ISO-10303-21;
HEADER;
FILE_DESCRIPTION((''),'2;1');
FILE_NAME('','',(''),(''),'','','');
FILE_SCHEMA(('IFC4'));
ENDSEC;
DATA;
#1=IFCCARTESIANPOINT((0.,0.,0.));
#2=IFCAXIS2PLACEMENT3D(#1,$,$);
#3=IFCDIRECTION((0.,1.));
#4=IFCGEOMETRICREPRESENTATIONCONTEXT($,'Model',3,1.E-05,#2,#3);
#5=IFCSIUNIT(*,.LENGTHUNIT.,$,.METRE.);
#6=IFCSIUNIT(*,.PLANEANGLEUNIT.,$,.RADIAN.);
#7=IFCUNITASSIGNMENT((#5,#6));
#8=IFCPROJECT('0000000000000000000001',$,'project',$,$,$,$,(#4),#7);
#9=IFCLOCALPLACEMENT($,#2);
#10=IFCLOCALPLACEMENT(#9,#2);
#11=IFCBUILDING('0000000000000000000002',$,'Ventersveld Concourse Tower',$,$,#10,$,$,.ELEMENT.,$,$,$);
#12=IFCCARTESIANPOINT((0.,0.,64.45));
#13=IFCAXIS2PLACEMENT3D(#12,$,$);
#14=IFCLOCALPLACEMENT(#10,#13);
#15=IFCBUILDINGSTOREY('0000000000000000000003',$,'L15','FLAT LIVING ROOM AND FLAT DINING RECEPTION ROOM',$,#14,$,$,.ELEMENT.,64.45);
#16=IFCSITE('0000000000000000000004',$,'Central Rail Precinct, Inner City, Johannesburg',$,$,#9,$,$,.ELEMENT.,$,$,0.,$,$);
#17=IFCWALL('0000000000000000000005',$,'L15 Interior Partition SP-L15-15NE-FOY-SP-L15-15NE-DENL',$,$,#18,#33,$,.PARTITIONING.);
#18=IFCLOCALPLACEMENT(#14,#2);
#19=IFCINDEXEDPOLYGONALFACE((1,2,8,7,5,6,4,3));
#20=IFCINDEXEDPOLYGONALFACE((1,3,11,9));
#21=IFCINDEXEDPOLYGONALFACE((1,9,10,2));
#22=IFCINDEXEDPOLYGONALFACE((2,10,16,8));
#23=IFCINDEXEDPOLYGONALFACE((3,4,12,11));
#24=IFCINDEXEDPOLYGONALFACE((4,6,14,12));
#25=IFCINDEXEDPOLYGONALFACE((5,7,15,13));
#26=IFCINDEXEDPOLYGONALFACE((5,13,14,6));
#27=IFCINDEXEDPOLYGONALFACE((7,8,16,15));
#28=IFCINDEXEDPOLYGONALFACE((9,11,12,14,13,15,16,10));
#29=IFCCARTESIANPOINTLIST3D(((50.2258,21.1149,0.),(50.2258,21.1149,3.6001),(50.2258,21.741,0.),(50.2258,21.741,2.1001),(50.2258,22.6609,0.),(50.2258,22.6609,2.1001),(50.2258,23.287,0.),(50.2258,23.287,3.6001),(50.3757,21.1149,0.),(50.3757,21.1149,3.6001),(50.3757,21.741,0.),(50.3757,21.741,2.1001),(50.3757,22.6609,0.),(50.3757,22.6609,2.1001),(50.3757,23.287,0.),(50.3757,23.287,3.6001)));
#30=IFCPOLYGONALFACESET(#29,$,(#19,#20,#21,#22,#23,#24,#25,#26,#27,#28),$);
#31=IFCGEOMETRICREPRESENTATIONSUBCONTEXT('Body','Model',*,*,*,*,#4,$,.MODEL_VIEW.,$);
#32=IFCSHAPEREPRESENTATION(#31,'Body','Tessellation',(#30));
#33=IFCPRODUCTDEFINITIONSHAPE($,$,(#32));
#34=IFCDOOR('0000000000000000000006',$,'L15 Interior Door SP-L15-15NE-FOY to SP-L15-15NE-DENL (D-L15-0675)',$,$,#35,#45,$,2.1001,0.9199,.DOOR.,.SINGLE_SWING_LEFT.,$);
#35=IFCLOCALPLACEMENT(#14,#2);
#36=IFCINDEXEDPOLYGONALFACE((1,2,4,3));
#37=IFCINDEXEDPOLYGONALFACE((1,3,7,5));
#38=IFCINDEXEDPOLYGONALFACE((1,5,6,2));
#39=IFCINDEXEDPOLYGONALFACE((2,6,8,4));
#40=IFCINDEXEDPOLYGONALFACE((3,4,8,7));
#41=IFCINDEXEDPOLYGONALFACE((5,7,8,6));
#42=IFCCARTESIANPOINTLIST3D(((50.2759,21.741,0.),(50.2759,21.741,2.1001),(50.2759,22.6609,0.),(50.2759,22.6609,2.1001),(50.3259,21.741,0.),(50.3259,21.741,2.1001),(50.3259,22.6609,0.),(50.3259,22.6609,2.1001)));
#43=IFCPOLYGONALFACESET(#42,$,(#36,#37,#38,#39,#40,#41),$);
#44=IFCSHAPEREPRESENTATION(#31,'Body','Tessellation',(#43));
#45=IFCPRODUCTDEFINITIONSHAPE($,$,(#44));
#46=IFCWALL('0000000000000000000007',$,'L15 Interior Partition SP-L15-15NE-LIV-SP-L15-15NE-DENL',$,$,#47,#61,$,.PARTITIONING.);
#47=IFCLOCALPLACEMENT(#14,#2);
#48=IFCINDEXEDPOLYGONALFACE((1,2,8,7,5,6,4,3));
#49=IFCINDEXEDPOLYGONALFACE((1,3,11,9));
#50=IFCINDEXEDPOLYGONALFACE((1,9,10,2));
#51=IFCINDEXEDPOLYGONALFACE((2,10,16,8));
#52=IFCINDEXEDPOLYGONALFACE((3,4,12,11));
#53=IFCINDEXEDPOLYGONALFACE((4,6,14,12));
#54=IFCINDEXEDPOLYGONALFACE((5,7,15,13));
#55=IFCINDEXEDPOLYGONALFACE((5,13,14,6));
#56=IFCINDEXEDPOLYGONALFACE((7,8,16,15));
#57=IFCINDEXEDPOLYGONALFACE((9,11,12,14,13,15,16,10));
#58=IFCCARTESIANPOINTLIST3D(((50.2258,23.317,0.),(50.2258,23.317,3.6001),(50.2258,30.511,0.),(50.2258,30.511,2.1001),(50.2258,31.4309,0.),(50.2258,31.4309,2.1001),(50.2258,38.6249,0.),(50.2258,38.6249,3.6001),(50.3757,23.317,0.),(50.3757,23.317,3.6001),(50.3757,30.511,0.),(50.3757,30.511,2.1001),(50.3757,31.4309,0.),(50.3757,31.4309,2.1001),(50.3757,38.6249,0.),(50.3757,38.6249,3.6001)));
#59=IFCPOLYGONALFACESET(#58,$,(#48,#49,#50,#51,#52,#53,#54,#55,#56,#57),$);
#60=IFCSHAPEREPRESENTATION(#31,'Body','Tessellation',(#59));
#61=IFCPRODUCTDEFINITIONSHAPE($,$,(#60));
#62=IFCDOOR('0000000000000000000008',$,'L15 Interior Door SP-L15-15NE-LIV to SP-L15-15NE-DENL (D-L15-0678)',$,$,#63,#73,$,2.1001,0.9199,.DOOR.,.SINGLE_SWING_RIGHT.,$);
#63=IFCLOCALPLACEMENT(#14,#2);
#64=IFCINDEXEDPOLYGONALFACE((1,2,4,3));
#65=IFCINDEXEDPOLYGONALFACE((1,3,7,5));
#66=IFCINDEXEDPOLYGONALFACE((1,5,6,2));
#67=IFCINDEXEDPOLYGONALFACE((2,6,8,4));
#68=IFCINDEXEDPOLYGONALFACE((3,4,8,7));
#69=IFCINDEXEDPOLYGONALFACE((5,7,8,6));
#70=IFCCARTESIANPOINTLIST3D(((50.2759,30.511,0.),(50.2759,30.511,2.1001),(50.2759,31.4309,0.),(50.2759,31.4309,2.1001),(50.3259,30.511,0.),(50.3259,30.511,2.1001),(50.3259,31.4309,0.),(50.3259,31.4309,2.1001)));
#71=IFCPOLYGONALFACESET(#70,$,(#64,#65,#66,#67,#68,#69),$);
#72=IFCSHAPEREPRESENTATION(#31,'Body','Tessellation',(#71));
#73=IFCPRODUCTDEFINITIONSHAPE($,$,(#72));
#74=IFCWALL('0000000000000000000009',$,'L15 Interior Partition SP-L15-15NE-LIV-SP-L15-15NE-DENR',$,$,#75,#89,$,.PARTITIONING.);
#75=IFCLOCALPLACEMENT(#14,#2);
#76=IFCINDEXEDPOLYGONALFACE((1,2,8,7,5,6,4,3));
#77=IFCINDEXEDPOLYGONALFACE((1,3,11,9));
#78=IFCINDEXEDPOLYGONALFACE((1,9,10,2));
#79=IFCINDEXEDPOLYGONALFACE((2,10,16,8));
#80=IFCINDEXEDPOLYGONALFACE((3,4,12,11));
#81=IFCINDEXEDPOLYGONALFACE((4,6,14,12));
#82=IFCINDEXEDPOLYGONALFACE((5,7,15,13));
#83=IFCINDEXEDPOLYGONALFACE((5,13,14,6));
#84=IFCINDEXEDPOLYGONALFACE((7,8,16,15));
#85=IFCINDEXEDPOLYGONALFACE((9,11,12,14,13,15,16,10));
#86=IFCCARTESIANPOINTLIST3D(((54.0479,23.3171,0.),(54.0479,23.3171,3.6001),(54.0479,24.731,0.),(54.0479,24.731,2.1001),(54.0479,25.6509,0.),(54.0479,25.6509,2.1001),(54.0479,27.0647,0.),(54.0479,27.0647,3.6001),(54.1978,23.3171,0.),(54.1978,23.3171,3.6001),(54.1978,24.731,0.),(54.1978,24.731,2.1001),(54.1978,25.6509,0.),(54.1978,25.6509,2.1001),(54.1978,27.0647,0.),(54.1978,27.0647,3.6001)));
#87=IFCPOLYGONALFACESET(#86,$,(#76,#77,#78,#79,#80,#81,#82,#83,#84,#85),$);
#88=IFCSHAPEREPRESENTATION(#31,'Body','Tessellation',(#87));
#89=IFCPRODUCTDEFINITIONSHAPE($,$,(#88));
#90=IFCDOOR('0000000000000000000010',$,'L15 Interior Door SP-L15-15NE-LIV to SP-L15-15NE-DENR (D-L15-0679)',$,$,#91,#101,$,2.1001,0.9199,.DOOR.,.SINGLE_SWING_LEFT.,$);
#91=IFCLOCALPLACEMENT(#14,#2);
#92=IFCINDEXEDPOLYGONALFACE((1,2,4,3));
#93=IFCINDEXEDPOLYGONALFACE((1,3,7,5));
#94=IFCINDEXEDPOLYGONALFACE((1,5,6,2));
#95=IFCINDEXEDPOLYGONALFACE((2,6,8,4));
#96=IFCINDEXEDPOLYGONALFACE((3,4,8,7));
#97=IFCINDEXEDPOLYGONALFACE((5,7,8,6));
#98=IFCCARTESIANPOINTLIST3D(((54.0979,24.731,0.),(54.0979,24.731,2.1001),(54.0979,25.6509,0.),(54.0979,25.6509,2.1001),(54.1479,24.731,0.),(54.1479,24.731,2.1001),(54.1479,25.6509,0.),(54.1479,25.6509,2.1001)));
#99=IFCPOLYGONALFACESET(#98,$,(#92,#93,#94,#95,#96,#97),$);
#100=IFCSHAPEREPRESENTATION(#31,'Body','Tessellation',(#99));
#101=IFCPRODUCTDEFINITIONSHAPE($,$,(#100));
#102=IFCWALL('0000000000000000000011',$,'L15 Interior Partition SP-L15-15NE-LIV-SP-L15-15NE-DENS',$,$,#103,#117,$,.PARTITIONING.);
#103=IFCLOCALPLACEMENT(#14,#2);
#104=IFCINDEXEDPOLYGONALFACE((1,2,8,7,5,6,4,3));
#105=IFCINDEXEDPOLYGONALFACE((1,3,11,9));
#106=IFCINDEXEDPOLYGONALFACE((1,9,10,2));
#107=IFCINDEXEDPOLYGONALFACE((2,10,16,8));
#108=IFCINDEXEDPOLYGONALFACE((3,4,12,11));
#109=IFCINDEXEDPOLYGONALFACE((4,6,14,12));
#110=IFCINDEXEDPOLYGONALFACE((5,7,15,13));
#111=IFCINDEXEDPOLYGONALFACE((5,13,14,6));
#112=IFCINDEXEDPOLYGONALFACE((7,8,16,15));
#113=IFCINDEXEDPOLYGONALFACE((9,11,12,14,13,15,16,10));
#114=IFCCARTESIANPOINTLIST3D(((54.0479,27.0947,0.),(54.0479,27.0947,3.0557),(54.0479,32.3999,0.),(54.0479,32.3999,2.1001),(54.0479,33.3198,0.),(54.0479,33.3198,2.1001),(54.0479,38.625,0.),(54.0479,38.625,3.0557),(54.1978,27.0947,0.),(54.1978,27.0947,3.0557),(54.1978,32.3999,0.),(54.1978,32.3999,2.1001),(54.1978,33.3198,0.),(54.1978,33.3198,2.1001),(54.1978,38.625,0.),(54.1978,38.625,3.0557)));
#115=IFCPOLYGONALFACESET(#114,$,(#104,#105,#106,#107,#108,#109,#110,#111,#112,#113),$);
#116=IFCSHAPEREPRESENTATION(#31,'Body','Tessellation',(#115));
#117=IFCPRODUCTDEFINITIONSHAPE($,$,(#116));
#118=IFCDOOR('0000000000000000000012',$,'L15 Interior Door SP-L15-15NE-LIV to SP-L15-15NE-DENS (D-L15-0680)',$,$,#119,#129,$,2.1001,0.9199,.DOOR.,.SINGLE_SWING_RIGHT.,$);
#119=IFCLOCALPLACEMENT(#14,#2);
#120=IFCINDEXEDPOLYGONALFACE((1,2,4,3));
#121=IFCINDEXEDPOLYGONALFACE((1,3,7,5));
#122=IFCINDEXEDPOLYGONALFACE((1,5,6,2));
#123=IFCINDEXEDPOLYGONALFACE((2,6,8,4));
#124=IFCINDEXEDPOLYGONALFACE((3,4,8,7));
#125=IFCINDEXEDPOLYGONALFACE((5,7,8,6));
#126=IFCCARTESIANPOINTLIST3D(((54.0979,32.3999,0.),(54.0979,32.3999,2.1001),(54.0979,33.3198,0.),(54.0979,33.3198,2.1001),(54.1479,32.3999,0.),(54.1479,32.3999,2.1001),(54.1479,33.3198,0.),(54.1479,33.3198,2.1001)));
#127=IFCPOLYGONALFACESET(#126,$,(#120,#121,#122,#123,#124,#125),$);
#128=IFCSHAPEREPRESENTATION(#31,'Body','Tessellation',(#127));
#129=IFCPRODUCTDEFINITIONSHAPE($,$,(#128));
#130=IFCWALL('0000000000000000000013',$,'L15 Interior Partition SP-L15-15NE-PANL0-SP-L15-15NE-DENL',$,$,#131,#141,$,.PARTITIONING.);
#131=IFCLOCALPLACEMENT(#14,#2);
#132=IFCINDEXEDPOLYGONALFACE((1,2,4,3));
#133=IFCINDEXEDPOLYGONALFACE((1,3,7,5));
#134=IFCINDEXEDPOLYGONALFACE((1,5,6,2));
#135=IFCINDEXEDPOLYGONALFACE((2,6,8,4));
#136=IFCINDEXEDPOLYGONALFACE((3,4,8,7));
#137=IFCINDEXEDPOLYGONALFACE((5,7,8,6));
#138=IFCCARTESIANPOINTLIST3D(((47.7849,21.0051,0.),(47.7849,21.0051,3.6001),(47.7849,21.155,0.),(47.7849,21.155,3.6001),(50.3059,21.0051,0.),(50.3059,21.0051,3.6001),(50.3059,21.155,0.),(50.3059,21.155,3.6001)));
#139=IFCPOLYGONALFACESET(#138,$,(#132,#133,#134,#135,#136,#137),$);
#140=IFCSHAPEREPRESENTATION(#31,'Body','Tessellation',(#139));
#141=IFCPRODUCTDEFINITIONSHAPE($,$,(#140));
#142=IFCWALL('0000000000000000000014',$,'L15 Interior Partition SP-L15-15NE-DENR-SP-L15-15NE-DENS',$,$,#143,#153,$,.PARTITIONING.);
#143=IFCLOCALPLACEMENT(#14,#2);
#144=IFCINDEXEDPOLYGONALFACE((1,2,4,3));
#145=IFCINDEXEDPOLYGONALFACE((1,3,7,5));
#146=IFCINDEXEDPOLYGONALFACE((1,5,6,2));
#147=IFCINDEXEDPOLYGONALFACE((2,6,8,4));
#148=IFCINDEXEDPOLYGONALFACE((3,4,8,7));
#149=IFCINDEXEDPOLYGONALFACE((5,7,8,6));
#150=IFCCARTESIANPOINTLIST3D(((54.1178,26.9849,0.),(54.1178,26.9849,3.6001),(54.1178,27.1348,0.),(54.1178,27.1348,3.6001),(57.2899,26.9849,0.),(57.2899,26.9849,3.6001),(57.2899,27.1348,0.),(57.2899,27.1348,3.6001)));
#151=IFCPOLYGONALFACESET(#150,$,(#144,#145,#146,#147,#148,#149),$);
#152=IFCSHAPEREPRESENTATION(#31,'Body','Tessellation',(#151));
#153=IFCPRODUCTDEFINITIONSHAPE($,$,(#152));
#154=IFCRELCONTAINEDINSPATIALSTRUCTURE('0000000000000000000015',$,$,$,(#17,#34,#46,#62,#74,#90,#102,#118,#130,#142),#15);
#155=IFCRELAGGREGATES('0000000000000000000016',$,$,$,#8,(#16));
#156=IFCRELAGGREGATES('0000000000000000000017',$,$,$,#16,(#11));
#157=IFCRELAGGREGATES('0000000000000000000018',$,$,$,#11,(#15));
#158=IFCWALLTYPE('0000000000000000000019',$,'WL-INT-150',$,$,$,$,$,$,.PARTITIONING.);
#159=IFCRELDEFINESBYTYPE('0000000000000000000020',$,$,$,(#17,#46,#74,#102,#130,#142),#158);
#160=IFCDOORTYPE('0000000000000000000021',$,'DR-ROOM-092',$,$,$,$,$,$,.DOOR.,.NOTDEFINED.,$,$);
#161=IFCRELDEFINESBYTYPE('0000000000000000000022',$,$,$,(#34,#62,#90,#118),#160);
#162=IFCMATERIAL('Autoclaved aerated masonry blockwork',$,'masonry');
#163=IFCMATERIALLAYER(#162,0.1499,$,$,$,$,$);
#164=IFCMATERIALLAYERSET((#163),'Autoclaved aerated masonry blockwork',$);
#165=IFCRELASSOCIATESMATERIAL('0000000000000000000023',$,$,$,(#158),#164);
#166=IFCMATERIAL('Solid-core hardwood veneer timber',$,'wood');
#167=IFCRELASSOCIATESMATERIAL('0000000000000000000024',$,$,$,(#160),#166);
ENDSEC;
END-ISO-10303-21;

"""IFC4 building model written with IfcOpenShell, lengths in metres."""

from ifc_helpers import new_model, si_unit, direction, frame, frame_2d, origin, place, context, subcontext, project, spatial, rectangle, extrude, material, layer, layer_set, type_object, element, fill, save


model = new_model("IFC4")

# Units and contexts
model_context = context("Model", 3, precision=1e-05, world=origin(), true_north=direction((0.0, 1.0)))
body_context = subcontext(model_context, "Body", "Model", "MODEL_VIEW")
ifc_project = project(units=[si_unit("LENGTHUNIT", "METRE"), si_unit("PLANEANGLEUNIT", "RADIAN")], contexts=[model_context])

# Site, building, storey
site_placement = place(None, origin())
site = spatial("IfcSite", under=ifc_project, at=site_placement, Name="Central Rail Precinct, Inner City, Johannesburg", CompositionType="ELEMENT", RefElevation=0.0)
building_placement = place(site_placement, origin())
building = spatial("IfcBuilding", under=site, at=building_placement, Name="Ventersveld Concourse Tower", CompositionType="ELEMENT")
storey_placement = place(building_placement, frame((0.0, 0.0, 64.45)))
storey = spatial("IfcBuildingStorey", under=building, at=storey_placement, Name="L15", Description="FLAT LIVING ROOM AND FLAT DINING RECEPTION ROOM", CompositionType="ELEMENT", Elevation=64.45)

# Walls, openings, doors
ifc_material_1 = material(Name="Autoclaved aerated masonry blockwork", Category="masonry")
ifc_layer_1 = layer(ifc_material_1, 0.1499)
ifc_layer_set_1 = layer_set([ifc_layer_1], Name="Autoclaved aerated masonry blockwork")
wall_type_1 = type_object("IfcWallType", Name="WL-INT-150", PredefinedType="PARTITIONING", material=ifc_layer_set_1)
ifc_material_2 = material(Name="Solid-core hardwood veneer timber", Category="wood")
door_type = type_object("IfcDoorType", Name="DR-ROOM-092", OperationType="NOTDEFINED", PredefinedType="DOOR", material=ifc_material_2)
wall_1_placement = place(storey_placement, frame((50.3008, 21.115, 0.0), z_axis=(0.0, 0.0, 1.0), x_axis=(0.0, 1.0, 0.0)))
wall_1 = element("IfcWall", 1, at=wall_1_placement, inside=storey, type_object=wall_type_1, Name="L15 Interior Partition SP-L15-15NE-FOY-SP-L15-15NE-DENL", PredefinedType="PARTITIONING", context=body_context, shape_type="SweptSolid", body=[
    extrude(rectangle(XDim=2.1721, YDim=0.1499, at=frame_2d((1.0859, 0.0))), origin(), (0.0, 0.0, 1.0), 3.6001),
])
opening_1_placement = place(wall_1_placement, frame((0.626, 0.0, 0.0)))
opening_1 = element("IfcOpeningElement", 2, at=opening_1_placement, cuts=wall_1, PredefinedType="OPENING", context=body_context, shape_type="SweptSolid", body=[
    extrude(rectangle(XDim=0.9199, YDim=2.1001, at=frame_2d((0.46, 1.05))), frame((0.0, 0.085, 0.0), z_axis=(0.0, -1.0, 0.0), x_axis=(1.0, 0.0, 0.0)), (0.0, 0.0, 1.0), 0.1699),
])
door_1_placement = place(opening_1_placement, origin())
door_1 = element("IfcDoor", 3, at=door_1_placement, inside=storey, type_object=door_type, Name="L15 Interior Door SP-L15-15NE-FOY to SP-L15-15NE-DENL (D-L15-0675)", OperationType="SINGLE_SWING_LEFT", OverallHeight=2.1001, OverallWidth=0.9199, PredefinedType="DOOR", context=body_context, shape_type="SweptSolid", body=[
    extrude(rectangle(XDim=0.9199, YDim=2.1001, at=frame_2d((0.46, 1.05))), frame((0.0, 0.0249, 0.0), z_axis=(0.0, -1.0, 0.0), x_axis=(1.0, 0.0, 0.0)), (0.0, 0.0, 1.0), 0.05),
])
fill(opening_1, door_1)
wall_2_placement = place(storey_placement, frame((50.3008, 23.3171, 0.0), z_axis=(0.0, 0.0, 1.0), x_axis=(0.0, 1.0, 0.0)))
wall_2 = element("IfcWall", 4, at=wall_2_placement, inside=storey, type_object=wall_type_1, Name="L15 Interior Partition SP-L15-15NE-LIV-SP-L15-15NE-DENL", PredefinedType="PARTITIONING", context=body_context, shape_type="SweptSolid", body=[
    extrude(rectangle(XDim=15.3079, YDim=0.1499, at=frame_2d((7.6538, 0.0))), origin(), (0.0, 0.0, 1.0), 3.6001),
])
opening_2_placement = place(wall_2_placement, frame((7.1938, 0.0, 0.0)))
opening_2 = element("IfcOpeningElement", 5, at=opening_2_placement, cuts=wall_2, PredefinedType="OPENING", context=body_context, shape_type="SweptSolid", body=[
    extrude(rectangle(XDim=0.9199, YDim=2.1001, at=frame_2d((0.46, 1.05))), frame((0.0, 0.085, 0.0), z_axis=(0.0, -1.0, 0.0), x_axis=(1.0, 0.0, 0.0)), (0.0, 0.0, 1.0), 0.1699),
])
door_2_placement = place(opening_2_placement, origin())
door_2 = element("IfcDoor", 6, at=door_2_placement, inside=storey, type_object=door_type, Name="L15 Interior Door SP-L15-15NE-LIV to SP-L15-15NE-DENL (D-L15-0678)", OperationType="SINGLE_SWING_RIGHT", OverallHeight=2.1001, OverallWidth=0.9199, PredefinedType="DOOR", context=body_context, shape_type="SweptSolid", body=[
    extrude(rectangle(XDim=0.9199, YDim=2.1001, at=frame_2d((0.46, 1.05))), frame((0.0, 0.0249, 0.0), z_axis=(0.0, -1.0, 0.0), x_axis=(1.0, 0.0, 0.0)), (0.0, 0.0, 1.0), 0.05),
])
fill(opening_2, door_2)
wall_3_placement = place(storey_placement, frame((54.1228, 23.3171, 0.0), z_axis=(0.0, 0.0, 1.0), x_axis=(0.0, 1.0, 0.0)))
wall_3 = element("IfcWall", 7, at=wall_3_placement, inside=storey, type_object=wall_type_1, Name="L15 Interior Partition SP-L15-15NE-LIV-SP-L15-15NE-DENR", PredefinedType="PARTITIONING", context=body_context, shape_type="SweptSolid", body=[
    extrude(rectangle(XDim=3.7476, YDim=0.1499, at=frame_2d((1.8738, 0.0))), origin(), (0.0, 0.0, 1.0), 3.6001),
])
opening_3_placement = place(wall_3_placement, frame((1.4138, 0.0, 0.0)))
opening_3 = element("IfcOpeningElement", 8, at=opening_3_placement, cuts=wall_3, PredefinedType="OPENING", context=body_context, shape_type="SweptSolid", body=[
    extrude(rectangle(XDim=0.9199, YDim=2.1001, at=frame_2d((0.46, 1.05))), frame((0.0, 0.085, 0.0), z_axis=(0.0, -1.0, 0.0), x_axis=(1.0, 0.0, 0.0)), (0.0, 0.0, 1.0), 0.1699),
])
door_3_placement = place(opening_3_placement, origin())
door_3 = element("IfcDoor", 9, at=door_3_placement, inside=storey, type_object=door_type, Name="L15 Interior Door SP-L15-15NE-LIV to SP-L15-15NE-DENR (D-L15-0679)", OperationType="SINGLE_SWING_LEFT", OverallHeight=2.1001, OverallWidth=0.9199, PredefinedType="DOOR", context=body_context, shape_type="SweptSolid", body=[
    extrude(rectangle(XDim=0.9199, YDim=2.1001, at=frame_2d((0.46, 1.05))), frame((0.0, 0.0249, 0.0), z_axis=(0.0, -1.0, 0.0), x_axis=(1.0, 0.0, 0.0)), (0.0, 0.0, 1.0), 0.05),
])
fill(opening_3, door_3)
wall_4_placement = place(storey_placement, frame((54.1228, 27.0947, 0.0), z_axis=(0.0, 0.0, 1.0), x_axis=(0.0, 1.0, 0.0)))
wall_4 = element("IfcWall", 10, at=wall_4_placement, inside=storey, type_object=wall_type_1, Name="L15 Interior Partition SP-L15-15NE-LIV-SP-L15-15NE-DENS", PredefinedType="PARTITIONING", context=body_context, shape_type="SweptSolid", body=[
    extrude(rectangle(XDim=11.5303, YDim=0.1499, at=frame_2d((5.7651, 0.0))), origin(), (0.0, 0.0, 1.0), 3.0557),
])
opening_4_placement = place(wall_4_placement, frame((5.3052, 0.0, 0.0)))
opening_4 = element("IfcOpeningElement", 11, at=opening_4_placement, cuts=wall_4, PredefinedType="OPENING", context=body_context, shape_type="SweptSolid", body=[
    extrude(rectangle(XDim=0.9199, YDim=2.1001, at=frame_2d((0.46, 1.05))), frame((0.0, 0.085, 0.0), z_axis=(0.0, -1.0, 0.0), x_axis=(1.0, 0.0, 0.0)), (0.0, 0.0, 1.0), 0.1699),
])
door_4_placement = place(opening_4_placement, origin())
door_4 = element("IfcDoor", 12, at=door_4_placement, inside=storey, type_object=door_type, Name="L15 Interior Door SP-L15-15NE-LIV to SP-L15-15NE-DENS (D-L15-0680)", OperationType="SINGLE_SWING_RIGHT", OverallHeight=2.1001, OverallWidth=0.9199, PredefinedType="DOOR", context=body_context, shape_type="SweptSolid", body=[
    extrude(rectangle(XDim=0.9199, YDim=2.1001, at=frame_2d((0.46, 1.05))), frame((0.0, 0.0249, 0.0), z_axis=(0.0, -1.0, 0.0), x_axis=(1.0, 0.0, 0.0)), (0.0, 0.0, 1.0), 0.05),
])
fill(opening_4, door_4)

# Walls
wall_5_placement = place(storey_placement, frame((47.7849, 21.0801, 0.0), z_axis=(0.0, 0.0, 1.0), x_axis=(1.0, 0.0, 0.0)))
element("IfcWall", 13, at=wall_5_placement, inside=storey, type_object=wall_type_1, Name="L15 Interior Partition SP-L15-15NE-PANL0-SP-L15-15NE-DENL", PredefinedType="PARTITIONING", context=body_context, shape_type="SweptSolid", body=[
    extrude(rectangle(XDim=2.521, YDim=0.1499, at=frame_2d((1.2605, 0.0))), origin(), (0.0, 0.0, 1.0), 3.6001),
])
wall_6_placement = place(storey_placement, frame((54.1179, 27.0598, 0.0), z_axis=(0.0, 0.0, 1.0), x_axis=(1.0, 0.0, 0.0)))
element("IfcWall", 14, at=wall_6_placement, inside=storey, type_object=wall_type_1, Name="L15 Interior Partition SP-L15-15NE-DENR-SP-L15-15NE-DENS", PredefinedType="PARTITIONING", context=body_context, shape_type="SweptSolid", body=[
    extrude(rectangle(XDim=3.1721, YDim=0.1499, at=frame_2d((1.5859, 0.0))), origin(), (0.0, 0.0, 1.0), 3.6001),
])

save(model, "model.ifc")
